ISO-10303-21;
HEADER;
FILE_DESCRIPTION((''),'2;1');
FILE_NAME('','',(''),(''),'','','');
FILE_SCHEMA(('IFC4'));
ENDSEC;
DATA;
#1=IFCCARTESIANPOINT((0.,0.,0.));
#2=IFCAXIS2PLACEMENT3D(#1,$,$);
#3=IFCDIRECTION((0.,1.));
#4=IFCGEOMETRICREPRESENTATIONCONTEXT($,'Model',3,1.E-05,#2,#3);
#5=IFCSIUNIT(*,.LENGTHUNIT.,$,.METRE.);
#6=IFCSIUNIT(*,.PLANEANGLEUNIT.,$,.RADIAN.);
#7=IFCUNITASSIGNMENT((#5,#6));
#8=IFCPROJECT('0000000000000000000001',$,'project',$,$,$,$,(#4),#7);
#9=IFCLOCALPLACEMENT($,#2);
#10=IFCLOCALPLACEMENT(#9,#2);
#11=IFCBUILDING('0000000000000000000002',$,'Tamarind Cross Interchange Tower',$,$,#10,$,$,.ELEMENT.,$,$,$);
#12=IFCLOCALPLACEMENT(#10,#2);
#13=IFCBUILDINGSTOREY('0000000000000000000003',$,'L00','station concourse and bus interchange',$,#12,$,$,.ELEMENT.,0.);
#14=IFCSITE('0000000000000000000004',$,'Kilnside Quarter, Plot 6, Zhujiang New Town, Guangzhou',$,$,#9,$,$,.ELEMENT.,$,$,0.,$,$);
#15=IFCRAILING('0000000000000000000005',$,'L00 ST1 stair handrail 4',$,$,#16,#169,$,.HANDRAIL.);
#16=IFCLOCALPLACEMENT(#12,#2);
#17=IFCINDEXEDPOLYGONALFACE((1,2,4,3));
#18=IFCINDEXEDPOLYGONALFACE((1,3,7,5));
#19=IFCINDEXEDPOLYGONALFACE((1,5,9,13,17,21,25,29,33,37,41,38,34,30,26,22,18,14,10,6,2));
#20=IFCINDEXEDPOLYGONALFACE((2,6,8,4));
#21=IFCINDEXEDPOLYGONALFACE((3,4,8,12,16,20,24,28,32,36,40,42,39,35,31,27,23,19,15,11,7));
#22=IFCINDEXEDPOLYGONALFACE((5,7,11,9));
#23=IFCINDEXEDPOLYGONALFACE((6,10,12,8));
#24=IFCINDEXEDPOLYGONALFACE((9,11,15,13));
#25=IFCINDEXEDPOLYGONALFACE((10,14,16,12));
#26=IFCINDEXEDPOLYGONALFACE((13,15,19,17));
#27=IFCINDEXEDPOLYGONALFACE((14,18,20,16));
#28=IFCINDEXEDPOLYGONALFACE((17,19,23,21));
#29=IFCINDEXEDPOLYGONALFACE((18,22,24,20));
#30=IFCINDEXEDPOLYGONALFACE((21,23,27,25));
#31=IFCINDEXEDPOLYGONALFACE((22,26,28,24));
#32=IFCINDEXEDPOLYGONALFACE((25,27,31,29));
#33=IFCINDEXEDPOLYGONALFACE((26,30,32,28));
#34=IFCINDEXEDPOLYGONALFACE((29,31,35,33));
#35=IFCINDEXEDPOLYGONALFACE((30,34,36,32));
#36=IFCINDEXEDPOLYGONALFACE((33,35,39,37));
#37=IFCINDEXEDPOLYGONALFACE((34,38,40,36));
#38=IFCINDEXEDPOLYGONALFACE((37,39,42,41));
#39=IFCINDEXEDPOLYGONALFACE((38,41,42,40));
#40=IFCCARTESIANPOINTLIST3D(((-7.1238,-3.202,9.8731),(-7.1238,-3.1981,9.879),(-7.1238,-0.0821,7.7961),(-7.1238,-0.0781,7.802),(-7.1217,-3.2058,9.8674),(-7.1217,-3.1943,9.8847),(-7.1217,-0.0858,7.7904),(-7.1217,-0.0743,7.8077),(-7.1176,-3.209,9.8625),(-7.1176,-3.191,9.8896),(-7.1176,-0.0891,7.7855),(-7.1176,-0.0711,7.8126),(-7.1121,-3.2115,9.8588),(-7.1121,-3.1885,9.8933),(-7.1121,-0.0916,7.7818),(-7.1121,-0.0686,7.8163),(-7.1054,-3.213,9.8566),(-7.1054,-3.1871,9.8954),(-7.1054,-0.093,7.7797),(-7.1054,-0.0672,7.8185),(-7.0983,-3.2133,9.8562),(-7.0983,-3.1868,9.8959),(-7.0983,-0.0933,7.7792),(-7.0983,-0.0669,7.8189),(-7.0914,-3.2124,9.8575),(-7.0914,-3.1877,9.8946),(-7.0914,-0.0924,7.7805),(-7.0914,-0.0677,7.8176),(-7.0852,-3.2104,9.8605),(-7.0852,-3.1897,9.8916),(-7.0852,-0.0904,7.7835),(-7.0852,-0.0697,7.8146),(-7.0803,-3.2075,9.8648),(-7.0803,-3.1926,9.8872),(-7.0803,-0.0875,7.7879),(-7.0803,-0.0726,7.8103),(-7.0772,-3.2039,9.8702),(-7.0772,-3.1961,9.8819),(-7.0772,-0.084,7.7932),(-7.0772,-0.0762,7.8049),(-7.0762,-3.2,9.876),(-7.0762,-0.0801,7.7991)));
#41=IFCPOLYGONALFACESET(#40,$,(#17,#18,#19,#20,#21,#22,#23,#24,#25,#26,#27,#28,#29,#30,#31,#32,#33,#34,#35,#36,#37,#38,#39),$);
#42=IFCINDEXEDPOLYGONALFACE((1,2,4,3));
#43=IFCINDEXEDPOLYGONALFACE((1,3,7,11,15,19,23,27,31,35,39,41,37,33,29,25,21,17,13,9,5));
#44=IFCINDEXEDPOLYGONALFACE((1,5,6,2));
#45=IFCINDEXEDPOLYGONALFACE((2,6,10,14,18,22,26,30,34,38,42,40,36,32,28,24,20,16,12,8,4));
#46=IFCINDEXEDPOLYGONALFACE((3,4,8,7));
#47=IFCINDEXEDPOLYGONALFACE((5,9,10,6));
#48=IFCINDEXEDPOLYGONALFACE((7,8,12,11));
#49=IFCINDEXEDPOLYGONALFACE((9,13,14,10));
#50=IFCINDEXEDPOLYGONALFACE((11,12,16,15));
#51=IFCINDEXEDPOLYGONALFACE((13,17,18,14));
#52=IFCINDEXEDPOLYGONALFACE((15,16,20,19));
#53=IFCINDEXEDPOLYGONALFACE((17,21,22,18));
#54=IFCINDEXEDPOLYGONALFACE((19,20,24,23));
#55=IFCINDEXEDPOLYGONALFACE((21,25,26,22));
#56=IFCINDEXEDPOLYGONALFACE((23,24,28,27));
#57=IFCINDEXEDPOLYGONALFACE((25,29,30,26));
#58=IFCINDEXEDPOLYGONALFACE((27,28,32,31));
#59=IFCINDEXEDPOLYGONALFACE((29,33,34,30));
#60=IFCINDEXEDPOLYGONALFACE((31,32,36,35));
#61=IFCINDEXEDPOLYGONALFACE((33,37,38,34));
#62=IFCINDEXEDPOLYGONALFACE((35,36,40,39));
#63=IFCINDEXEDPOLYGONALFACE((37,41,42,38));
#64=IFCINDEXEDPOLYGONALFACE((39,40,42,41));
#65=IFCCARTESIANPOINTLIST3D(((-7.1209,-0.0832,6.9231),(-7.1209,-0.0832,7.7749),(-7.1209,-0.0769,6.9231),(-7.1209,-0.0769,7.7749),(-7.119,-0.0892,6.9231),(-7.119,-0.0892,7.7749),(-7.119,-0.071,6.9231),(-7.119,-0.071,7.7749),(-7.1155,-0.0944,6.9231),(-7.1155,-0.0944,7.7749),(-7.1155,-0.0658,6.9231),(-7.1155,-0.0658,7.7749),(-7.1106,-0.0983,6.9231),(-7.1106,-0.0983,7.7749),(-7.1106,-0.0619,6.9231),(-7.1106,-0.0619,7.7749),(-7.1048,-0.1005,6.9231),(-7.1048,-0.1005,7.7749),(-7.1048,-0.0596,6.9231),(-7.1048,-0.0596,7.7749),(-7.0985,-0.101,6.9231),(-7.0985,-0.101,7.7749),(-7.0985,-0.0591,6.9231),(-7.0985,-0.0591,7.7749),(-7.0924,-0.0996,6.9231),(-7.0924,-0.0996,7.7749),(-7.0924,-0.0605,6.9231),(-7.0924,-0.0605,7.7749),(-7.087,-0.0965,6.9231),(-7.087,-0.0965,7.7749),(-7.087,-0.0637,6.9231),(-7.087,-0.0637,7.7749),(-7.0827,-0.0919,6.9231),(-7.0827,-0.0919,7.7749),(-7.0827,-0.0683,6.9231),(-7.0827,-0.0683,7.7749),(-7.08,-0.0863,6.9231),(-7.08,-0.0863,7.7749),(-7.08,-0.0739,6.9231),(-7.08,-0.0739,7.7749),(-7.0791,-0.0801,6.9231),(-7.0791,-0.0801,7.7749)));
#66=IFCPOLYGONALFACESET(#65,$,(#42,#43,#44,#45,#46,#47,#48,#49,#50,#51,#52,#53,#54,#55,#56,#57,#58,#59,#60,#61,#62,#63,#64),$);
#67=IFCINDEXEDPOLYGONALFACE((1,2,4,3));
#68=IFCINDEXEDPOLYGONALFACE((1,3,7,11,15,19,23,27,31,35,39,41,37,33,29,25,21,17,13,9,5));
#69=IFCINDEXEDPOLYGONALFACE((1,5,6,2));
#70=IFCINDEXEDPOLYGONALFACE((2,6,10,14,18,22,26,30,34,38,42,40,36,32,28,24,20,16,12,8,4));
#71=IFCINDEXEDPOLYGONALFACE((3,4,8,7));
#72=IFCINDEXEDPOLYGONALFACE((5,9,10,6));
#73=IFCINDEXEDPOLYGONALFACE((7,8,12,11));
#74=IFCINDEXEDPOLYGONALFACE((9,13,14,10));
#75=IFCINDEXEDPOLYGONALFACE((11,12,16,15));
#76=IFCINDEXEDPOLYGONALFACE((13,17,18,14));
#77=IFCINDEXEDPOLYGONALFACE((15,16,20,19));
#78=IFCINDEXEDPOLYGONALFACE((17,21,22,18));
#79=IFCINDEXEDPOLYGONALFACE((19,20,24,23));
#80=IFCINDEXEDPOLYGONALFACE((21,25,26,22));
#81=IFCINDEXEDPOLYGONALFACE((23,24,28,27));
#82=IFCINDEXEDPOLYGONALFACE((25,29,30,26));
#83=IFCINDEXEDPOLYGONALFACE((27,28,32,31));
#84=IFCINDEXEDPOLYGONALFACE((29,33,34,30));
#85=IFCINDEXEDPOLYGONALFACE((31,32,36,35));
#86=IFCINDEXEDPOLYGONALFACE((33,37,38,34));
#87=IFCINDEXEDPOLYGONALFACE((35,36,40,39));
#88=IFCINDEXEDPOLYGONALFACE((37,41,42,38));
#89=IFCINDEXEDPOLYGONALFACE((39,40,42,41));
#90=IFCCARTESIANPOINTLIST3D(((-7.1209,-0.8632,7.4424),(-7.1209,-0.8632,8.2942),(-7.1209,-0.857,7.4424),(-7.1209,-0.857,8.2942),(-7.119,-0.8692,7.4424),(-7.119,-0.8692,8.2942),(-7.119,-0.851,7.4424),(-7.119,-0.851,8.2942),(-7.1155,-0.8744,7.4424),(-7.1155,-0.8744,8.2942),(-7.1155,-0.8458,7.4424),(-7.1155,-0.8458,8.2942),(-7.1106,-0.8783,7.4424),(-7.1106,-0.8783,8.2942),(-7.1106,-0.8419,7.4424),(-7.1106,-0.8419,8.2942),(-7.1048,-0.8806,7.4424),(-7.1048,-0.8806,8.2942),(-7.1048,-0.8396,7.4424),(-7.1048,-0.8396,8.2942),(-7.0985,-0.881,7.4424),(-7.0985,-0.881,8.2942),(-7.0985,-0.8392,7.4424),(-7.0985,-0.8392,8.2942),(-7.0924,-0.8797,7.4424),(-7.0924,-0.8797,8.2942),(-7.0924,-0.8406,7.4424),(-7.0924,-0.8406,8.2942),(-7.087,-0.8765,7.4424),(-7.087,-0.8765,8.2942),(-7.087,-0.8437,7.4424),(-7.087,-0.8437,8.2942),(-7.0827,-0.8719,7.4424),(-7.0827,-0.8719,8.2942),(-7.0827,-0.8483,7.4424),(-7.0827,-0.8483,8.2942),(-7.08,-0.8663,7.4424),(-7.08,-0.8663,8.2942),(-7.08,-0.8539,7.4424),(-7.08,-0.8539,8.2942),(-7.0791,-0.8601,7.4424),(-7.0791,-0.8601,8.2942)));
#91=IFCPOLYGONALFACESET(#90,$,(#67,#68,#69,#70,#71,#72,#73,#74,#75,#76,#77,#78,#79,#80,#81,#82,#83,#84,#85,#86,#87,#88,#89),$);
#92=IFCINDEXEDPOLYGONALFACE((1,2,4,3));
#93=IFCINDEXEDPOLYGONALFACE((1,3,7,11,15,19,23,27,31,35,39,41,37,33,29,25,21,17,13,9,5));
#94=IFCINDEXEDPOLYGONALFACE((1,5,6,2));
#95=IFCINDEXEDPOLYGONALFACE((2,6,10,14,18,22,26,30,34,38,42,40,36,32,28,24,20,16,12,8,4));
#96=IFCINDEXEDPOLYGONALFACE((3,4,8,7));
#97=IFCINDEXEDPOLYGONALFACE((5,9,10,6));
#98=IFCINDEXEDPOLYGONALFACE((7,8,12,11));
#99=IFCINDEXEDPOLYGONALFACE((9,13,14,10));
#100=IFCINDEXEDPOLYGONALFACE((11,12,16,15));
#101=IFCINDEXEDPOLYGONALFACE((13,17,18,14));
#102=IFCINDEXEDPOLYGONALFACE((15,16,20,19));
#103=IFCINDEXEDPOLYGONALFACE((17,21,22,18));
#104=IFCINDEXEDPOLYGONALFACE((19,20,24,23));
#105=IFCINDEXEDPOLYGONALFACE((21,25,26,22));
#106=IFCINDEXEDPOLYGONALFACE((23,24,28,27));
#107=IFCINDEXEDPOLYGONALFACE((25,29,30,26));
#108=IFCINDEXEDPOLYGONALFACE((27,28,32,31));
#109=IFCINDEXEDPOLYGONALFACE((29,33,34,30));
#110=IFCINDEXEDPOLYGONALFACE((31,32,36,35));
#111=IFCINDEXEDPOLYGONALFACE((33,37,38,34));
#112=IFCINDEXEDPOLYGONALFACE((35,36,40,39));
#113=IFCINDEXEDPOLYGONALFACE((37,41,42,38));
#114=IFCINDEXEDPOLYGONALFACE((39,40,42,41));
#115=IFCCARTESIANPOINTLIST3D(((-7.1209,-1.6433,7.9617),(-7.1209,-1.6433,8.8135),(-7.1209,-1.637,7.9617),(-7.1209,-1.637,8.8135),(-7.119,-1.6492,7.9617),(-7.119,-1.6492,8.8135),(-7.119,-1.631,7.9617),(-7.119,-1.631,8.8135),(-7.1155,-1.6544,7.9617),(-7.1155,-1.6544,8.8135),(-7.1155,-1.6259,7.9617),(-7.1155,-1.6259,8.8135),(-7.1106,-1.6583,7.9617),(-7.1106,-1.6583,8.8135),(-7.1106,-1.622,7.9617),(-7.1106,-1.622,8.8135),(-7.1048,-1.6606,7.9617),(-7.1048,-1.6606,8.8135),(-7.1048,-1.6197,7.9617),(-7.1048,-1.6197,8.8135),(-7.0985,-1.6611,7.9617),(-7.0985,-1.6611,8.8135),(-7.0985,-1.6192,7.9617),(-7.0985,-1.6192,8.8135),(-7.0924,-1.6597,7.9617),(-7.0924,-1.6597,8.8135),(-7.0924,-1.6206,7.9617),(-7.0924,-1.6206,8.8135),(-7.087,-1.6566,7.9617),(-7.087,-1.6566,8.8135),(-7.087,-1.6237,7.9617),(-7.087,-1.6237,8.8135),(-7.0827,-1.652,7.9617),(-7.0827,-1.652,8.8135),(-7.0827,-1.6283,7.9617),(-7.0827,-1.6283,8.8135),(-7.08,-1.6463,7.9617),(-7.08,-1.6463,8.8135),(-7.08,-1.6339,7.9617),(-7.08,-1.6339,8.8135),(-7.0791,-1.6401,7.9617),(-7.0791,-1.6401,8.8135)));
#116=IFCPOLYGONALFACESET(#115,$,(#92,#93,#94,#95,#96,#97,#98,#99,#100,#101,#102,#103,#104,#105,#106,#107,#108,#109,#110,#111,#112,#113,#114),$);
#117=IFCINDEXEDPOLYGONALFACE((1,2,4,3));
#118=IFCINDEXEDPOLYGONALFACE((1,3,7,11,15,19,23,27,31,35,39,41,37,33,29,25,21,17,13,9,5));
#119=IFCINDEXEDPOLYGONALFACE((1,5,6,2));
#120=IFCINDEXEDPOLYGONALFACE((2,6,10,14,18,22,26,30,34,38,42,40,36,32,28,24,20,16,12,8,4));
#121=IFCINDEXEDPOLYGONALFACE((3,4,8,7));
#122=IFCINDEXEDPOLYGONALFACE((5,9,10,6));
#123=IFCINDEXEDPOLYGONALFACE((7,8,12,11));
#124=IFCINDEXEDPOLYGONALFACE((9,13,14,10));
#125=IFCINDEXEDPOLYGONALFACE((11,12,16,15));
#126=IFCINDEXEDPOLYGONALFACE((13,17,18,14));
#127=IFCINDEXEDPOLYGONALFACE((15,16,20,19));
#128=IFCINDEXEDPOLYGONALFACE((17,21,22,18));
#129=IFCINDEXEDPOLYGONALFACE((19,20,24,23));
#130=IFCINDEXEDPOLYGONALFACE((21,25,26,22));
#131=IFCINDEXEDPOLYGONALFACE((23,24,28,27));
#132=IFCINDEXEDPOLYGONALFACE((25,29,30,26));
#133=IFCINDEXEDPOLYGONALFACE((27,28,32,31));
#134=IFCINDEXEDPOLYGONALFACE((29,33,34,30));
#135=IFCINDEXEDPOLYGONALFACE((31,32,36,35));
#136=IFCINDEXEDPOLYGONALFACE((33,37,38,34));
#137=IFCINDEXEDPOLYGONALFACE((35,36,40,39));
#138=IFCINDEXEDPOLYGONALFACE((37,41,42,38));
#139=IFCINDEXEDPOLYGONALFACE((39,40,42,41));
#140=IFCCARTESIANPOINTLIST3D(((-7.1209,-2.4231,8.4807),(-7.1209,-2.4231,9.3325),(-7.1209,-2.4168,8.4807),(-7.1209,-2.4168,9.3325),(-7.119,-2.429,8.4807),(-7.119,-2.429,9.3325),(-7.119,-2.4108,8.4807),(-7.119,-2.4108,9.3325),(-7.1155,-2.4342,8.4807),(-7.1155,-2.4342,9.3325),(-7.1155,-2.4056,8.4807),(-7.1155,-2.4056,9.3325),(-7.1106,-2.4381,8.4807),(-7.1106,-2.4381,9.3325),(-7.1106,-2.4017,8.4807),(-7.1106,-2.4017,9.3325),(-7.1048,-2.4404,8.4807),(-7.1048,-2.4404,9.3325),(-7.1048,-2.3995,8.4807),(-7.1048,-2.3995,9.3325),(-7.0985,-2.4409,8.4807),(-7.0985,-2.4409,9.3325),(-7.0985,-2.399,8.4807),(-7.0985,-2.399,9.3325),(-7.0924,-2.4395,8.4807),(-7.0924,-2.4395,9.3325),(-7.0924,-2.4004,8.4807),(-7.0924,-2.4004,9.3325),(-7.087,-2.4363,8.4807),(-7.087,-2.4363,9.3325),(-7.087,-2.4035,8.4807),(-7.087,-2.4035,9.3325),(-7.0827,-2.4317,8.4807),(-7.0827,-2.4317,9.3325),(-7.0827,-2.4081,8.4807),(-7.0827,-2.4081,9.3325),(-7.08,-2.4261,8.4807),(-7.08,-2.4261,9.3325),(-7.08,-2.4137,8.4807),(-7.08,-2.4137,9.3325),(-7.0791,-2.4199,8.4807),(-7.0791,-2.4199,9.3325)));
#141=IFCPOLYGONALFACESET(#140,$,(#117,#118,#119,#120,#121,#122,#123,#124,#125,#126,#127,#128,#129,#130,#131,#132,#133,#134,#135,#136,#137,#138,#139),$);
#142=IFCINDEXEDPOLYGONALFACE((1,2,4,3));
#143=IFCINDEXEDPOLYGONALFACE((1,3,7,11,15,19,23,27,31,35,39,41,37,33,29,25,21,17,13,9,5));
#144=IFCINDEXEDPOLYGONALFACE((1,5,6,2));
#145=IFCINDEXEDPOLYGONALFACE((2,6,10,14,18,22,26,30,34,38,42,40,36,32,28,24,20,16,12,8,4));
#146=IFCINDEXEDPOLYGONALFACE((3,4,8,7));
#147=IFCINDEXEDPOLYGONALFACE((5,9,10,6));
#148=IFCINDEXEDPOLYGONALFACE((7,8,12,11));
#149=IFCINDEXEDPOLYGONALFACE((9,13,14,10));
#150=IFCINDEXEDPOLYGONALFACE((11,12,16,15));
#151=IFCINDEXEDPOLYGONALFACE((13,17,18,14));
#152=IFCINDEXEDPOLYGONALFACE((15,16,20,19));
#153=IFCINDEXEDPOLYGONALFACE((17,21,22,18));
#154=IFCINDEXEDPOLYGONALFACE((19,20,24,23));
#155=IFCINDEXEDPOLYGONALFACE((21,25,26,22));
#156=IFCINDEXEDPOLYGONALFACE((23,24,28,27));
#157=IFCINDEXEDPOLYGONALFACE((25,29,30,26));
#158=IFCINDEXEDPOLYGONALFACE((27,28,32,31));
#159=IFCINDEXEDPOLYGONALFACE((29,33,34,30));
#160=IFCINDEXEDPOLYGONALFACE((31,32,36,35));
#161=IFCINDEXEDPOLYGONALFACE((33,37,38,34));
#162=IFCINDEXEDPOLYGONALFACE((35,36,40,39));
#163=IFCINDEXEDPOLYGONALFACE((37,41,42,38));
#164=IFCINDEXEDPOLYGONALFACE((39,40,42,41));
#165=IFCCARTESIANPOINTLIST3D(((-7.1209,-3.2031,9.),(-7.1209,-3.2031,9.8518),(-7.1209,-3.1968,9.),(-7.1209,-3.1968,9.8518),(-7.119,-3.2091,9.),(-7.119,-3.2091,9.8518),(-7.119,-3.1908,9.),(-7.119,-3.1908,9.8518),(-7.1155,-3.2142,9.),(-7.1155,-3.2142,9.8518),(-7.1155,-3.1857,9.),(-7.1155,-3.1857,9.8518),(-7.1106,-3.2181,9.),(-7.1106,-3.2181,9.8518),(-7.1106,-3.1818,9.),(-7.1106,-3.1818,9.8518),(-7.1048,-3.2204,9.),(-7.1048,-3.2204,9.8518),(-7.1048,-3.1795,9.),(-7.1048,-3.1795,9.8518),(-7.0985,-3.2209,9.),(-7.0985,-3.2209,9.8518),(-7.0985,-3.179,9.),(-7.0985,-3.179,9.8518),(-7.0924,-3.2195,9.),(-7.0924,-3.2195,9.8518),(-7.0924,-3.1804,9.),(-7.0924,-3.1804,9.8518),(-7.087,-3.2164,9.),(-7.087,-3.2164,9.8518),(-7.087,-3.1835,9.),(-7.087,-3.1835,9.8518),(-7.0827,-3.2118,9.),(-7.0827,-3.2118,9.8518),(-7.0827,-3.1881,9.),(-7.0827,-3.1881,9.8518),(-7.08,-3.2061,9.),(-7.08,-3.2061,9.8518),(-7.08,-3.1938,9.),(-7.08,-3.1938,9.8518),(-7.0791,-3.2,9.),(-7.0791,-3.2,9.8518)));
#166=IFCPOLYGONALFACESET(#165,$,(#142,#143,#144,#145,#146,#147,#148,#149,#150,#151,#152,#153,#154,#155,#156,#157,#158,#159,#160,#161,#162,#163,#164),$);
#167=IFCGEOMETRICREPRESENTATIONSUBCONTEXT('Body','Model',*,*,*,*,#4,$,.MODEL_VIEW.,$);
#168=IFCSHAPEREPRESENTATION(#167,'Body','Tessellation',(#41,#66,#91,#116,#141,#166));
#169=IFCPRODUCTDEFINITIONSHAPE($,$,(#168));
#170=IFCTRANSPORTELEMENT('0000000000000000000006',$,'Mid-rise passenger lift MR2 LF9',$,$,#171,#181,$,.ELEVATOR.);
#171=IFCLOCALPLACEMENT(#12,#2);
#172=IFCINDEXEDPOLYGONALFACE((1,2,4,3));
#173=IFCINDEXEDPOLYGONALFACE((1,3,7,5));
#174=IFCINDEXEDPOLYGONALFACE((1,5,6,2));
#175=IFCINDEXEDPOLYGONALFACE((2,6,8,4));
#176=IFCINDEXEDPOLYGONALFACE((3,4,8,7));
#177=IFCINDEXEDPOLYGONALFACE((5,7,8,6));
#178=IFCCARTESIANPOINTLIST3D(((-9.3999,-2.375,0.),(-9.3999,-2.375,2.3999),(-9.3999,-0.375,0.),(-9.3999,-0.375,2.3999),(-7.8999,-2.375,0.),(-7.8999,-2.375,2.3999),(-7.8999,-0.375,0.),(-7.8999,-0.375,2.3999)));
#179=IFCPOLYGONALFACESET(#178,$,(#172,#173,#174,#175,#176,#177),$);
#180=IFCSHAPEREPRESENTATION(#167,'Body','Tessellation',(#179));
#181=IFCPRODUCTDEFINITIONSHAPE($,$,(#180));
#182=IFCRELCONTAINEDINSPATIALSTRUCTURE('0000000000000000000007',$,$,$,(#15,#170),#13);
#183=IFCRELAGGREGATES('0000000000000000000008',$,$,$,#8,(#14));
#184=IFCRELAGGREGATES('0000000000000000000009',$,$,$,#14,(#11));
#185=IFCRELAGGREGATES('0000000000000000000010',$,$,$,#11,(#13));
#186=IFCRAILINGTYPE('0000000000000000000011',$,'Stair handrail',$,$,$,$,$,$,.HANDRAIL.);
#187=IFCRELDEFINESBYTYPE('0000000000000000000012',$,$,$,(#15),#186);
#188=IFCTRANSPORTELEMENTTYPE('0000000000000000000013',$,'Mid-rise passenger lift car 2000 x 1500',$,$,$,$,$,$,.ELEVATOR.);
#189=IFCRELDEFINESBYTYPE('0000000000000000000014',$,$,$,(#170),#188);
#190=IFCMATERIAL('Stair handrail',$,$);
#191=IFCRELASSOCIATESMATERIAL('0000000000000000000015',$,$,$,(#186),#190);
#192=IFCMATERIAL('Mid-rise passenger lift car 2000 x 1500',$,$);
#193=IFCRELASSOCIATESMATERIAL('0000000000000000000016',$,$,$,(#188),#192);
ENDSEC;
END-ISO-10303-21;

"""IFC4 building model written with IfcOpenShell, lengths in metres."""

from ifc_helpers import new_model, si_unit, direction, frame, origin, origin_2d, place, context, subcontext, project, spatial, rectangle, circle, extrude, material, type_object, element, save


model = new_model("IFC4")

# Units and contexts
model_context = context("Model", 3, precision=1e-05, world=origin(), true_north=direction((0.0, 1.0)))
body_context = subcontext(model_context, "Body", "Model", "MODEL_VIEW")
ifc_project = project(units=[si_unit("LENGTHUNIT", "METRE"), si_unit("PLANEANGLEUNIT", "RADIAN")], contexts=[model_context])

# Site, building, storey
site_placement = place(None, origin())
site = spatial("IfcSite", under=ifc_project, at=site_placement, Name="Kilnside Quarter, Plot 6, Zhujiang New Town, Guangzhou", CompositionType="ELEMENT", RefElevation=0.0)
building_placement = place(site_placement, origin())
building = spatial("IfcBuilding", under=site, at=building_placement, Name="Tamarind Cross Interchange Tower", CompositionType="ELEMENT")
storey_placement = place(building_placement, origin())
storey = spatial("IfcBuildingStorey", under=building, at=storey_placement, Name="L00", Description="station concourse and bus interchange", CompositionType="ELEMENT", Elevation=0.0)

# Railing
ifc_material_1 = material(Name="Stair handrail")
railing_type_1 = type_object("IfcRailingType", Name="Stair handrail", PredefinedType="HANDRAIL", material=ifc_material_1)
railing_1_placement = place(storey_placement, frame((-7.1001, -0.0801, 6.9231)))
element("IfcRailing", 1, at=railing_1_placement, inside=storey, type_object=railing_type_1, Name="L00 ST1 stair handrail 4", PredefinedType="HANDRAIL", context=body_context, shape_type="SweptSolid", body=[
    extrude(circle(Radius=0.0239, at=origin_2d()), frame((0.0, 0.0, 0.876), z_axis=(0.0, -0.832421, 0.554144), x_axis=(1.0, 0.0, 0.0)), (0.0, 0.0, 1.0), 3.748),
    extrude(circle(Radius=0.021, at=origin_2d()), origin(), (0.0, 0.0, 1.0), 0.8518),
    extrude(circle(Radius=0.021, at=origin_2d()), frame((0.0, -0.78, 0.5193)), (0.0, 0.0, 1.0), 0.8518),
    extrude(circle(Radius=0.021, at=origin_2d()), frame((0.0, -1.5601, 1.0386)), (0.0, 0.0, 1.0), 0.8518),
    extrude(circle(Radius=0.021, at=origin_2d()), frame((0.0, -2.3398, 1.5576)), (0.0, 0.0, 1.0), 0.8518),
    extrude(circle(Radius=0.021, at=origin_2d()), frame((0.0, -3.1199, 2.0769)), (0.0, 0.0, 1.0), 0.8518),
])

# Transport element
ifc_material_2 = material(Name="Mid-rise passenger lift car 2000 x 1500")
transport_element_type = type_object("IfcTransportElementType", Name="Mid-rise passenger lift car 2000 x 1500", PredefinedType="ELEVATOR", material=ifc_material_2)
transport_element_placement = place(storey_placement, frame((-8.6499, -1.375, 0.0), z_axis=(0.0, 0.0, 1.0), x_axis=(1.0, 0.0, 0.0)))
element("IfcTransportElement", 2, at=transport_element_placement, inside=storey, type_object=transport_element_type, Name="Mid-rise passenger lift MR2 LF9", PredefinedType="ELEVATOR", context=body_context, shape_type="SweptSolid", body=[
    extrude(rectangle(XDim=1.5, YDim=2.0, at=origin_2d()), origin(), (0.0, 0.0, 1.0), 2.3999),
])

save(model, "model.ifc")
